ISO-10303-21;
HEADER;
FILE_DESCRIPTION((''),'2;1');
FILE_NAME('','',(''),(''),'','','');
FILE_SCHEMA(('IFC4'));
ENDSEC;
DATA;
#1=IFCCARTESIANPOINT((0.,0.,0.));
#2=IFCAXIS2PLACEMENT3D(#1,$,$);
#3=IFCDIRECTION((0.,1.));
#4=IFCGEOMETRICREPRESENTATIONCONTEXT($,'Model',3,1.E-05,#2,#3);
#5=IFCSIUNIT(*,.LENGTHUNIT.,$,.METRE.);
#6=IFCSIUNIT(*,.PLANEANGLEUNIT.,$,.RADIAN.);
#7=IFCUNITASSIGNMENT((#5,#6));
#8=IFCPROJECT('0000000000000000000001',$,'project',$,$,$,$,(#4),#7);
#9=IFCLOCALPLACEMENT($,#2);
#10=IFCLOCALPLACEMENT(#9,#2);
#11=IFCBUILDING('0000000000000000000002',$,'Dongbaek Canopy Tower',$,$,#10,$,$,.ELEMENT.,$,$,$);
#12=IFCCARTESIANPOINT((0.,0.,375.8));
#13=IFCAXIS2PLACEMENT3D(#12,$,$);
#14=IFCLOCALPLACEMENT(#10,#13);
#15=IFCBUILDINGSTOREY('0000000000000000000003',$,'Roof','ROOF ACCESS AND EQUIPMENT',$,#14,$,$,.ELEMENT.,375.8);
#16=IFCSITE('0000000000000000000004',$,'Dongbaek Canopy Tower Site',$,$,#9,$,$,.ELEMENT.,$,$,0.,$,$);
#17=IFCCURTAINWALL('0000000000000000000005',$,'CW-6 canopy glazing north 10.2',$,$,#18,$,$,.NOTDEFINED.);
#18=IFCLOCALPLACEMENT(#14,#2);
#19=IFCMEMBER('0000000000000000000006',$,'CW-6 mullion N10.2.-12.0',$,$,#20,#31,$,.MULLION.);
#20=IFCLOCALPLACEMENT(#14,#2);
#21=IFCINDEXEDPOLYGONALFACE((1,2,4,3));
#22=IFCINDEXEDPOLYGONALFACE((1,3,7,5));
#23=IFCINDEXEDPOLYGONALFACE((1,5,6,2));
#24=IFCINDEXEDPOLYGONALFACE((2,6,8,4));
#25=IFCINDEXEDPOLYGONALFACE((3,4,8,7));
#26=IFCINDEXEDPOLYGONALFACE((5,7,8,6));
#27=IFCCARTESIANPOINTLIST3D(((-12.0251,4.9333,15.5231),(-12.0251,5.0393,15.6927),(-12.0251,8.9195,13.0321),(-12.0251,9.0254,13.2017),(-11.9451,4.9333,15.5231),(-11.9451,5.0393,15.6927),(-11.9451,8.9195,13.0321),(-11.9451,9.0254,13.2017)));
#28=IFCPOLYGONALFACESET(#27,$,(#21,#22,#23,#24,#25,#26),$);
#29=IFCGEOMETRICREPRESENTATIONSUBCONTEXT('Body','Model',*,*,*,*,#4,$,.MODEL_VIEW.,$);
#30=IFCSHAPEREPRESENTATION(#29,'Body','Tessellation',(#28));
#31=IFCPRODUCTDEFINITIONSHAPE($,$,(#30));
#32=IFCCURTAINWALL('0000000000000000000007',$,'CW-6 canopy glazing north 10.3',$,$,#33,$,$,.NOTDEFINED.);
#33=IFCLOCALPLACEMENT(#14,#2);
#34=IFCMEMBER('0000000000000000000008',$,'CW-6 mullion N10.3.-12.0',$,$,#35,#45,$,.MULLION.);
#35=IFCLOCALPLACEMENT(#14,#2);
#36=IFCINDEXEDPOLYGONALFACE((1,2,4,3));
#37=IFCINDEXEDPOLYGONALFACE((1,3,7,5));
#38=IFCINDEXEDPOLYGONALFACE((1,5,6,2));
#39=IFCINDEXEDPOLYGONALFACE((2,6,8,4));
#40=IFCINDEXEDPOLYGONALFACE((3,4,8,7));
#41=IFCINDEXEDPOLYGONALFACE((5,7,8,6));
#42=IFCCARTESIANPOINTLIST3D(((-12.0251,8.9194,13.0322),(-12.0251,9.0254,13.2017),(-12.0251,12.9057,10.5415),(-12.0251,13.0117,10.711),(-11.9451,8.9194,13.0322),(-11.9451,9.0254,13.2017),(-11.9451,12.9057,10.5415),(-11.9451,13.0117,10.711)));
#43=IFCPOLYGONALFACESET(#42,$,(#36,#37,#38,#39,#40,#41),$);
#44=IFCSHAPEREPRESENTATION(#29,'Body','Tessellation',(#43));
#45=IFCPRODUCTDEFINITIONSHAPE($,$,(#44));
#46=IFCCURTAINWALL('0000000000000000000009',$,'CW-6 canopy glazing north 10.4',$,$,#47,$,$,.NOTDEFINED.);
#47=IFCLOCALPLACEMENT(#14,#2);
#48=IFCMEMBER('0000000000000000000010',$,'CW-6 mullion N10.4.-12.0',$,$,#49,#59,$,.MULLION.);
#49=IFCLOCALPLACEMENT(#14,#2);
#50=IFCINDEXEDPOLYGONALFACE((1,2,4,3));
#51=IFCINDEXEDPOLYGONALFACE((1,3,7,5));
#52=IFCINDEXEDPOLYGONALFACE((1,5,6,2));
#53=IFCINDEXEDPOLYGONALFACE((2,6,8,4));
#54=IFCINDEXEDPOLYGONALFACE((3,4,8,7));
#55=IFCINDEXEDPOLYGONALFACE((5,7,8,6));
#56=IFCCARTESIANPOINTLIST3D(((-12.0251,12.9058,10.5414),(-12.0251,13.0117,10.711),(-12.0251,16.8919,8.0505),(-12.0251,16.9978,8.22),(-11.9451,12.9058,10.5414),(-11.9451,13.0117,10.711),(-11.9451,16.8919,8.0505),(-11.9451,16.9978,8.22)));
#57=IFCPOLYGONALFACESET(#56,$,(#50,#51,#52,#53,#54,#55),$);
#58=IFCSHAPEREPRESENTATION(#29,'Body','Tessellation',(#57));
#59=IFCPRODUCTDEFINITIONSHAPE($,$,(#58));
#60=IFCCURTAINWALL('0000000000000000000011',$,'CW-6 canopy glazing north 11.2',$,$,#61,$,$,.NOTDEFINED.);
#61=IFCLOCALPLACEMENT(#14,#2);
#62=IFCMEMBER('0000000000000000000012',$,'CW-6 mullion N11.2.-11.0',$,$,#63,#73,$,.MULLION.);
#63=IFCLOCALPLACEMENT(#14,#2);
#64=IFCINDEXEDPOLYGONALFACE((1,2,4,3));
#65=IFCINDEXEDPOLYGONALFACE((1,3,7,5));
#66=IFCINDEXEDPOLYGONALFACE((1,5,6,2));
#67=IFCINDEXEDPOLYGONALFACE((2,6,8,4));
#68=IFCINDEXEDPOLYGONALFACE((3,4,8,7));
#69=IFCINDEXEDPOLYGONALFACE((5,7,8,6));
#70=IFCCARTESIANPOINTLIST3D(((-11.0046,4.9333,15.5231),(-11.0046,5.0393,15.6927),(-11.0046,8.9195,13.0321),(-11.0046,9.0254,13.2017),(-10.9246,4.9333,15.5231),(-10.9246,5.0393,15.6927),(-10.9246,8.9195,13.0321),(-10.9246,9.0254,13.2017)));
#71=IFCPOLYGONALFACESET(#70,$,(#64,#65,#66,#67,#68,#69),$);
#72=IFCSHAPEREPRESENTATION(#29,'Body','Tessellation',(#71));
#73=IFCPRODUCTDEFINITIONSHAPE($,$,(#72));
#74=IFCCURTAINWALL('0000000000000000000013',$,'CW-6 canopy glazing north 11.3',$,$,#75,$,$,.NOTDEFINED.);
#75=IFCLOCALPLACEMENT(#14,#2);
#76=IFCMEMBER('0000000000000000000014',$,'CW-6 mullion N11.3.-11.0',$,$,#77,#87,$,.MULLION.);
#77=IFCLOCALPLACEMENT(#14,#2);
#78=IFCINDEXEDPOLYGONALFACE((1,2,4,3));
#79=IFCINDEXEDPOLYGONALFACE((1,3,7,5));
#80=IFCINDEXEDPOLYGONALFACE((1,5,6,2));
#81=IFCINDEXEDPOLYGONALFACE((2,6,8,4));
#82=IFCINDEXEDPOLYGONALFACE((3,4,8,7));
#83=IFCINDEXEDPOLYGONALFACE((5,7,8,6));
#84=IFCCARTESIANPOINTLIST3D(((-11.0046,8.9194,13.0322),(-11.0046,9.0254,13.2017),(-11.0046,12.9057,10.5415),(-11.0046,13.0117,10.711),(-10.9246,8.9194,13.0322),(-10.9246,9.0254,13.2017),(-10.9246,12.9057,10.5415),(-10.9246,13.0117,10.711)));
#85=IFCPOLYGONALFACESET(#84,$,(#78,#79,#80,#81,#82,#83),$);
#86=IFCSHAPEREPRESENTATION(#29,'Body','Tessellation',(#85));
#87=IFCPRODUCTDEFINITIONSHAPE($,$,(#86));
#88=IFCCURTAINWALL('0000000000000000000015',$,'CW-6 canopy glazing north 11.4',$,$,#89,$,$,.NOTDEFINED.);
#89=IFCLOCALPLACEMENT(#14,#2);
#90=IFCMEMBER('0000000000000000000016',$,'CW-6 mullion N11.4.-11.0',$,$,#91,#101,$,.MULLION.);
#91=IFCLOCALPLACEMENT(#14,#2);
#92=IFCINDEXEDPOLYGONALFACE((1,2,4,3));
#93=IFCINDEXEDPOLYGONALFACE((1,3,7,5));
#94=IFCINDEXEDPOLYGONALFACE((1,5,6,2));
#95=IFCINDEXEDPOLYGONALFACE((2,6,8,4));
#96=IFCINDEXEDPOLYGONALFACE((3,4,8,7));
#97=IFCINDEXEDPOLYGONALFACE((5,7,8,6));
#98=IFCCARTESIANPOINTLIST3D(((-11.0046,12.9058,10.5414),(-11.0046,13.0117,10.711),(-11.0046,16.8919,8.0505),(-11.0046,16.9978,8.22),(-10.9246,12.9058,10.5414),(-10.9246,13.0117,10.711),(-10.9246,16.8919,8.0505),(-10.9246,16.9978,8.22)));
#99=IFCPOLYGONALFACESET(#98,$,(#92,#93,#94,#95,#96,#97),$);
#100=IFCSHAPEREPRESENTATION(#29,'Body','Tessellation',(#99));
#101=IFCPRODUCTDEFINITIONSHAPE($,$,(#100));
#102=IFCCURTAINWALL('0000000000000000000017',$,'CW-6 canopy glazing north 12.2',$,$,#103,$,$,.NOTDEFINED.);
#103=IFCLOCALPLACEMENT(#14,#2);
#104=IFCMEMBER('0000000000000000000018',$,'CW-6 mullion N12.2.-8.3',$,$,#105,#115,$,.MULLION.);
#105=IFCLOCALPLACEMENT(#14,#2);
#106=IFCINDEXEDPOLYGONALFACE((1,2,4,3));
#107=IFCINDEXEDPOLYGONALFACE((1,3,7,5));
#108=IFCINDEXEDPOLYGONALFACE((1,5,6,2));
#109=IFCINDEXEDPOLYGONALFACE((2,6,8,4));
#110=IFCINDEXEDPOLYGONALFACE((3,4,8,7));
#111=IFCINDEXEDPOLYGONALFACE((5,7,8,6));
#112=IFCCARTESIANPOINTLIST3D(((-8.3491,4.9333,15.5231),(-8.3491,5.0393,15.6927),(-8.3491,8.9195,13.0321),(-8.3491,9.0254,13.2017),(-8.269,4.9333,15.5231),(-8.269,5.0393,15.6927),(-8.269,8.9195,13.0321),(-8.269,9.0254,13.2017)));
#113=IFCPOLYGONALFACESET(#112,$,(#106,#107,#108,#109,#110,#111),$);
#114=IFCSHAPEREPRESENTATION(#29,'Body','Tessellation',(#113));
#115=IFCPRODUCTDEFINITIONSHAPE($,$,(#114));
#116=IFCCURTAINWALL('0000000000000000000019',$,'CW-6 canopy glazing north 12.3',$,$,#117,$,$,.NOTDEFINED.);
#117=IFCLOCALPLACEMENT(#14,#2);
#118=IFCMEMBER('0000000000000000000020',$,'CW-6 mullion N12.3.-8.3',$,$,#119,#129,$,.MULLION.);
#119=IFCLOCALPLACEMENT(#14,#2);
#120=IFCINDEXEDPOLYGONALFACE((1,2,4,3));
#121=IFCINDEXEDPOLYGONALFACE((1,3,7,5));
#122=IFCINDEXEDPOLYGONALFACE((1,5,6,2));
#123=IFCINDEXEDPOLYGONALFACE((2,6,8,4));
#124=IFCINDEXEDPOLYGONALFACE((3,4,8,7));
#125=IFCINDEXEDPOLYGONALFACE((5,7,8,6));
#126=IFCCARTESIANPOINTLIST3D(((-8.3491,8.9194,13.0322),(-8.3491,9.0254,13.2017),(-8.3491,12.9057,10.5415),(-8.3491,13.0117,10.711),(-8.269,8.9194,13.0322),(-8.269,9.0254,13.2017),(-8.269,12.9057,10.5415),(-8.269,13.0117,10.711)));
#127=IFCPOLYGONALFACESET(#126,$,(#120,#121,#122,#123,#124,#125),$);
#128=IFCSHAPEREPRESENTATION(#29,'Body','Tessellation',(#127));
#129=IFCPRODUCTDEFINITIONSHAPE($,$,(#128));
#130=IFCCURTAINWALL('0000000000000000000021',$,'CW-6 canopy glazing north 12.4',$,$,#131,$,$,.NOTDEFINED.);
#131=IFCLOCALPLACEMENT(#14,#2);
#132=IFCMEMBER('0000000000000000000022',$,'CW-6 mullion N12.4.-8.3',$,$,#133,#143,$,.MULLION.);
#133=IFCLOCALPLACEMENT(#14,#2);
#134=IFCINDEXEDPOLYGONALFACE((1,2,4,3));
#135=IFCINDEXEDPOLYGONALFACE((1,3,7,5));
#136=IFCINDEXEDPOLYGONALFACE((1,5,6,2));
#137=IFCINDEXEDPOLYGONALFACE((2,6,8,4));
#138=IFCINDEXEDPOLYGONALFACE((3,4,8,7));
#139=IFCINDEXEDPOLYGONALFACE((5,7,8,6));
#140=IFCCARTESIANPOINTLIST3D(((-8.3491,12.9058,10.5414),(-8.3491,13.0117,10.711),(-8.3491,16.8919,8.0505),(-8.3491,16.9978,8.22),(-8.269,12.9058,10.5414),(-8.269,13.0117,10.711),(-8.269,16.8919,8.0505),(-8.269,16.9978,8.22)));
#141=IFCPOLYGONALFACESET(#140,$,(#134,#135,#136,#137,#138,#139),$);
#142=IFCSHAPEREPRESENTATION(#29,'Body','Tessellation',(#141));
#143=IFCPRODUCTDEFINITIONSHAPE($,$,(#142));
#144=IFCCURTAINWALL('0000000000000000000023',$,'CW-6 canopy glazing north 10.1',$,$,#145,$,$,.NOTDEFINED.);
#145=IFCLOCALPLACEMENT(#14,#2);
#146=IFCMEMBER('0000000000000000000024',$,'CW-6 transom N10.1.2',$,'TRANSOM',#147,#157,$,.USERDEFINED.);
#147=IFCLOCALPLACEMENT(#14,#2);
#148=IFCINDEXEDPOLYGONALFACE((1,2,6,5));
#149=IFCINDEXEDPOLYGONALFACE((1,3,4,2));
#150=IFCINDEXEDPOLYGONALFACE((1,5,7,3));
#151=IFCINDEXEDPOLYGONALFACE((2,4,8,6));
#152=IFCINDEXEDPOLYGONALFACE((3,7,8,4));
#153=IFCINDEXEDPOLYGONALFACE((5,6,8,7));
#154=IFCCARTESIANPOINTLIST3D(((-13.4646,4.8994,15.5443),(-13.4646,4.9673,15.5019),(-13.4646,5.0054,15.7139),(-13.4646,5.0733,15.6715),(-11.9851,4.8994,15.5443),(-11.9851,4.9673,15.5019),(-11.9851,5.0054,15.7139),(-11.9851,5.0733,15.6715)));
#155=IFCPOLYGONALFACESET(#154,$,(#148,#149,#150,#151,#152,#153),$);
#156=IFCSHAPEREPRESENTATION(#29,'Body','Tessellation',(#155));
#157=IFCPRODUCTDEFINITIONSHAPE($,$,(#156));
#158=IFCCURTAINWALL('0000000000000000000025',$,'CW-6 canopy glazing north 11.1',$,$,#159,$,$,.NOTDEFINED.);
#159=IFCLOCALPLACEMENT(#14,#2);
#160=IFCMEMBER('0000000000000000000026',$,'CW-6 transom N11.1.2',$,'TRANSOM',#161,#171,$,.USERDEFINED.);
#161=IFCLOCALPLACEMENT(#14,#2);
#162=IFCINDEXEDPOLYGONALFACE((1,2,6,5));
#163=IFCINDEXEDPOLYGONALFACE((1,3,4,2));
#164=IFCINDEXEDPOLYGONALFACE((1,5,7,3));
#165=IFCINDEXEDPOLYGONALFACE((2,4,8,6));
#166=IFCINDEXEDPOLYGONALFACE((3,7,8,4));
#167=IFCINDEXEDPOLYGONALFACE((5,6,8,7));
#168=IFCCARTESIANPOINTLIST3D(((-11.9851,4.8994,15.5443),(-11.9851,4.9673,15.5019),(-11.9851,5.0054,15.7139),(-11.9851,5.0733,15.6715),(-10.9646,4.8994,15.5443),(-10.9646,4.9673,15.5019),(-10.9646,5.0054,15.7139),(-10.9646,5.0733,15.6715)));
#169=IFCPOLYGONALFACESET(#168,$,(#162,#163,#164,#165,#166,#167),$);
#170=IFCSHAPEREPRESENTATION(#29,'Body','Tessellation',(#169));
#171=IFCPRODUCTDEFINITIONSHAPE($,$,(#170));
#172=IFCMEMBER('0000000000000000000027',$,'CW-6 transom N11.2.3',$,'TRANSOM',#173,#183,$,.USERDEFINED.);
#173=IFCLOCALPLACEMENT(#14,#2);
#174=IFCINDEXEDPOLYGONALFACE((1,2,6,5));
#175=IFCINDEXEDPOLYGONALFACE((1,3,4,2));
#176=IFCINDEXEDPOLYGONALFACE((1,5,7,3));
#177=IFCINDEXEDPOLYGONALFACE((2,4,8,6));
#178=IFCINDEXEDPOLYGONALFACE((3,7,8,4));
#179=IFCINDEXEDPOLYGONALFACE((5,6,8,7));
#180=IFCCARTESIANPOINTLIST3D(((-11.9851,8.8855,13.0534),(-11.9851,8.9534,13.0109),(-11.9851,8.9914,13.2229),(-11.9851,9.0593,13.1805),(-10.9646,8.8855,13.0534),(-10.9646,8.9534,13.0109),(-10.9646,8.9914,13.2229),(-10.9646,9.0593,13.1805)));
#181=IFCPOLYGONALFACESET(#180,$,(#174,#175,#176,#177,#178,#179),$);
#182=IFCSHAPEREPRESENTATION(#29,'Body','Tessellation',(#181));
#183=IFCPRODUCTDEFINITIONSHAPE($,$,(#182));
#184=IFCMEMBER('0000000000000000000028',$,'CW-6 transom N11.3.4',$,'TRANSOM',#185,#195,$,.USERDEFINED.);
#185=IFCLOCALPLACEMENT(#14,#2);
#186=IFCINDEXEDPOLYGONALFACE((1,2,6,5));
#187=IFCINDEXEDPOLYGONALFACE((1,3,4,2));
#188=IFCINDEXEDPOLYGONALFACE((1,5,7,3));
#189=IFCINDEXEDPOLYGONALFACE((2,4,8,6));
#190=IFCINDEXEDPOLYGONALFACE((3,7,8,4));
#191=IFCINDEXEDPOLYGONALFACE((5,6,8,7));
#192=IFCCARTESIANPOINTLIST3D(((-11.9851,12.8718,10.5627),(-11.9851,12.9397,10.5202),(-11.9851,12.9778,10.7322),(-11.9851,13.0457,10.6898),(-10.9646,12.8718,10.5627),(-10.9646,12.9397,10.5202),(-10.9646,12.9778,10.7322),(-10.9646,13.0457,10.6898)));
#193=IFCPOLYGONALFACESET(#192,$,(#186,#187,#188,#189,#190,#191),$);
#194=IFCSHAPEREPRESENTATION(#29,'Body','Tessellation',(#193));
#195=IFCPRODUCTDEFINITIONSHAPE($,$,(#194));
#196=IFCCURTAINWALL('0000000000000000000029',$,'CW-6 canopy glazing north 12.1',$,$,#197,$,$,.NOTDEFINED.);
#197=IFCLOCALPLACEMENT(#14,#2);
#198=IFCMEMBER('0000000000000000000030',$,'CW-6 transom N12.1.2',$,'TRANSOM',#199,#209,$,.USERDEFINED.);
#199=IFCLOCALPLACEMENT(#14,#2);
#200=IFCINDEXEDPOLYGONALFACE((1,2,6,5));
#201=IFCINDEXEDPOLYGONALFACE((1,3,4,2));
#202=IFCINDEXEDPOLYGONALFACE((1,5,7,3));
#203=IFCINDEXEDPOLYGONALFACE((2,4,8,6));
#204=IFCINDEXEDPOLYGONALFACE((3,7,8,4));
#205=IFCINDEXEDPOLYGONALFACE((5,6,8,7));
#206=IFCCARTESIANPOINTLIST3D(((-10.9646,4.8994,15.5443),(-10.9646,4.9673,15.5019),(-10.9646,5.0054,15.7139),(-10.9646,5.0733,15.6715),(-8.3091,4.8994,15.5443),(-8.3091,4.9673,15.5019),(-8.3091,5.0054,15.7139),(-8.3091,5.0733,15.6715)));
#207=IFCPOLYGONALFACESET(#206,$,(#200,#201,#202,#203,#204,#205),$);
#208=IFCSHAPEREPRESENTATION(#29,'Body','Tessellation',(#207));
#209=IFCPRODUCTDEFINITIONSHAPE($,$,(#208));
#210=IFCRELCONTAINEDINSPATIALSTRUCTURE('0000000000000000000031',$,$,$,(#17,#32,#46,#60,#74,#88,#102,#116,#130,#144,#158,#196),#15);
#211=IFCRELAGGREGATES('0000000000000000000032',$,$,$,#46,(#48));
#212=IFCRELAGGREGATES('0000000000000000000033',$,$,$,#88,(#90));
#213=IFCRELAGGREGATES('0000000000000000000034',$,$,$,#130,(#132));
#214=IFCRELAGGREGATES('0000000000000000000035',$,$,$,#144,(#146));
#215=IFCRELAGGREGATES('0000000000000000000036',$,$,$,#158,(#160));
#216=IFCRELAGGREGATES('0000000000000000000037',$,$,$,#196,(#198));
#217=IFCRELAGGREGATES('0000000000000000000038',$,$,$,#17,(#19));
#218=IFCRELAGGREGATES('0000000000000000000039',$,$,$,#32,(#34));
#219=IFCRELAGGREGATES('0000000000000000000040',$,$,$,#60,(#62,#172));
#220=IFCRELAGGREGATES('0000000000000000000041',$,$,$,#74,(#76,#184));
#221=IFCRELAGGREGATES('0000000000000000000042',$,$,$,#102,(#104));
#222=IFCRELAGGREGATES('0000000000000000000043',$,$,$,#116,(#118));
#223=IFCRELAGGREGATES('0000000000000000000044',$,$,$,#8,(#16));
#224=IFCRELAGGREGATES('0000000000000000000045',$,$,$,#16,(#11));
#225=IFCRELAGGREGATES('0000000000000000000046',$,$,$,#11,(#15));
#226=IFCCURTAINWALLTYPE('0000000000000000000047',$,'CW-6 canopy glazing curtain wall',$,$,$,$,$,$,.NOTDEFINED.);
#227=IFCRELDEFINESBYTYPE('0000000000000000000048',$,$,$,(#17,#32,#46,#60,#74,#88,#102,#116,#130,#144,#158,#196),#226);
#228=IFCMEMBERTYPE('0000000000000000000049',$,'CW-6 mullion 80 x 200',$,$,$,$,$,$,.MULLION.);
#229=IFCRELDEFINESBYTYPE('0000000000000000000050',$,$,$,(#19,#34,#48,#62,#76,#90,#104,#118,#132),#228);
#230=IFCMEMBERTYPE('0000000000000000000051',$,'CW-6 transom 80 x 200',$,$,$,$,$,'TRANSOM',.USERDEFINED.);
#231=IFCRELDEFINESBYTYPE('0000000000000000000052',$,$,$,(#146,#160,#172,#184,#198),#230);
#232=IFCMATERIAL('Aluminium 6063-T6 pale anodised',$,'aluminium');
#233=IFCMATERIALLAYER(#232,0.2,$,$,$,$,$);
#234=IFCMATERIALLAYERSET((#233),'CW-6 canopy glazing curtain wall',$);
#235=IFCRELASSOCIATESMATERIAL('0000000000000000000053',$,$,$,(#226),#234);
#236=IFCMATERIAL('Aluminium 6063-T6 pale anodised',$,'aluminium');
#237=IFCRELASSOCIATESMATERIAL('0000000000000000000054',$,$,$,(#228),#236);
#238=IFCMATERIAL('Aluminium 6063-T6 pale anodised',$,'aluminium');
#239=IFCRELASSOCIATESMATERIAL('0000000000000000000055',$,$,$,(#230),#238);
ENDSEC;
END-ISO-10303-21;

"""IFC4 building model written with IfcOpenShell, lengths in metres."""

from ifc_helpers import new_model, si_unit, direction, frame, origin, origin_2d, place, context, subcontext, project, spatial, rectangle, extrude, material, layer, layer_set, material_profile, profile_set, type_object, element, aggregate, save


model = new_model("IFC4")

# Units and contexts
model_context = context("Model", 3, precision=1e-05, world=origin(), true_north=direction((0.0, 1.0)))
body_context = subcontext(model_context, "Body", "Model", "MODEL_VIEW")
ifc_project = project(units=[si_unit("LENGTHUNIT", "METRE"), si_unit("PLANEANGLEUNIT", "RADIAN")], contexts=[model_context])

# Site, building, storey
site_placement = place(None, origin())
site = spatial("IfcSite", under=ifc_project, at=site_placement, Name="Dongbaek Canopy Tower Site", CompositionType="ELEMENT", RefElevation=0.0)
building_placement = place(site_placement, origin())
building = spatial("IfcBuilding", under=site, at=building_placement, Name="Dongbaek Canopy Tower", CompositionType="ELEMENT")
storey_placement = place(building_placement, frame((0.0, 0.0, 375.8)))
storey = spatial("IfcBuildingStorey", under=building, at=storey_placement, Name="Roof", Description="ROOF ACCESS AND EQUIPMENT", CompositionType="ELEMENT", Elevation=375.8)

# Curtain walls, members
ifc_material_1 = material(Name="Aluminium 6063-T6 pale anodised", Category="aluminium")
ifc_layer_1 = layer(ifc_material_1, 0.2)
ifc_layer_set_1 = layer_set([ifc_layer_1], Name="CW-6 canopy glazing curtain wall")
curtain_wall_type = type_object("IfcCurtainWallType", Name="CW-6 canopy glazing curtain wall", PredefinedType="NOTDEFINED", material=ifc_layer_set_1)
curtain_wall_1_placement = place(storey_placement, origin())
curtain_wall_1 = element("IfcCurtainWall", 1, at=curtain_wall_1_placement, inside=storey, type_object=curtain_wall_type, Name="CW-6 canopy glazing north 10.2", PredefinedType="NOTDEFINED")
ifc_material_2 = material(Name="Aluminium 6063-T6 pale anodised", Category="aluminium")
ifc_material_profile_1 = material_profile(ifc_material_2, rectangle(XDim=0.0801, YDim=0.2, at=origin_2d()), Name="CW-6 mullion 80 x 200")
ifc_profile_set_1 = profile_set([ifc_material_profile_1], Name="Aluminium 6063-T6 pale anodised")
member_type_1 = type_object("IfcMemberType", Name="CW-6 mullion 80 x 200", PredefinedType="MULLION", material=ifc_profile_set_1)
member_1_placement = place(storey_placement, frame((-11.9851, 4.9863, 15.6079), z_axis=(0.0, 0.84803, -0.529948), x_axis=(-1.0, 0.0, 0.0)))
member_1 = element("IfcMember", 2, at=member_1_placement, type_object=member_type_1, Name="CW-6 mullion N10.2.-12.0", PredefinedType="MULLION", context=body_context, shape_type="SweptSolid", body=[
    extrude(rectangle(XDim=0.0801, YDim=0.2, at=origin_2d()), origin(), (0.0, 0.0, 1.0), 4.7004),
])
curtain_wall_2_placement = place(storey_placement, origin())
curtain_wall_2 = element("IfcCurtainWall", 3, at=curtain_wall_2_placement, inside=storey, type_object=curtain_wall_type, Name="CW-6 canopy glazing north 10.3", PredefinedType="NOTDEFINED")
member_2_placement = place(storey_placement, frame((-11.9851, 8.9724, 13.1169), z_axis=(0.0, 0.848068, -0.529887), x_axis=(-1.0, 0.0, 0.0)))
member_2 = element("IfcMember", 4, at=member_2_placement, type_object=member_type_1, Name="CW-6 mullion N10.3.-12.0", PredefinedType="MULLION", context=body_context, shape_type="SweptSolid", body=[
    extrude(rectangle(XDim=0.0801, YDim=0.2, at=origin_2d()), origin(), (0.0, 0.0, 1.0), 4.7004),
])
curtain_wall_3_placement = place(storey_placement, origin())
curtain_wall_3 = element("IfcCurtainWall", 5, at=curtain_wall_3_placement, inside=storey, type_object=curtain_wall_type, Name="CW-6 canopy glazing north 10.4", PredefinedType="NOTDEFINED")
member_3_placement = place(storey_placement, frame((-11.9851, 12.9587, 10.6262), z_axis=(0.0, 0.84803, -0.529948), x_axis=(-1.0, 0.0, 0.0)))
member_3 = element("IfcMember", 6, at=member_3_placement, type_object=member_type_1, Name="CW-6 mullion N10.4.-12.0", PredefinedType="MULLION", context=body_context, shape_type="SweptSolid", body=[
    extrude(rectangle(XDim=0.0801, YDim=0.2, at=origin_2d()), origin(), (0.0, 0.0, 1.0), 4.7004),
])
aggregate(curtain_wall_3, [member_3])
curtain_wall_4_placement = place(storey_placement, origin())
curtain_wall_4 = element("IfcCurtainWall", 7, at=curtain_wall_4_placement, inside=storey, type_object=curtain_wall_type, Name="CW-6 canopy glazing north 11.2", PredefinedType="NOTDEFINED")
member_4_placement = place(storey_placement, frame((-10.9646, 4.9863, 15.6079), z_axis=(0.0, 0.84803, -0.529948), x_axis=(-1.0, 0.0, 0.0)))
member_4 = element("IfcMember", 8, at=member_4_placement, type_object=member_type_1, Name="CW-6 mullion N11.2.-11.0", PredefinedType="MULLION", context=body_context, shape_type="SweptSolid", body=[
    extrude(rectangle(XDim=0.0801, YDim=0.2, at=origin_2d()), origin(), (0.0, 0.0, 1.0), 4.7004),
])
curtain_wall_5_placement = place(storey_placement, origin())
curtain_wall_5 = element("IfcCurtainWall", 9, at=curtain_wall_5_placement, inside=storey, type_object=curtain_wall_type, Name="CW-6 canopy glazing north 11.3", PredefinedType="NOTDEFINED")
member_5_placement = place(storey_placement, frame((-10.9646, 8.9724, 13.1169), z_axis=(0.0, 0.848068, -0.529887), x_axis=(-1.0, 0.0, 0.0)))
member_5 = element("IfcMember", 10, at=member_5_placement, type_object=member_type_1, Name="CW-6 mullion N11.3.-11.0", PredefinedType="MULLION", context=body_context, shape_type="SweptSolid", body=[
    extrude(rectangle(XDim=0.0801, YDim=0.2, at=origin_2d()), origin(), (0.0, 0.0, 1.0), 4.7004),
])
curtain_wall_6_placement = place(storey_placement, origin())
curtain_wall_6 = element("IfcCurtainWall", 11, at=curtain_wall_6_placement, inside=storey, type_object=curtain_wall_type, Name="CW-6 canopy glazing north 11.4", PredefinedType="NOTDEFINED")
member_6_placement = place(storey_placement, frame((-10.9646, 12.9587, 10.6262), z_axis=(0.0, 0.84803, -0.529948), x_axis=(-1.0, 0.0, 0.0)))
member_6 = element("IfcMember", 12, at=member_6_placement, type_object=member_type_1, Name="CW-6 mullion N11.4.-11.0", PredefinedType="MULLION", context=body_context, shape_type="SweptSolid", body=[
    extrude(rectangle(XDim=0.0801, YDim=0.2, at=origin_2d()), origin(), (0.0, 0.0, 1.0), 4.7004),
])
aggregate(curtain_wall_6, [member_6])
curtain_wall_7_placement = place(storey_placement, origin())
curtain_wall_7 = element("IfcCurtainWall", 13, at=curtain_wall_7_placement, inside=storey, type_object=curtain_wall_type, Name="CW-6 canopy glazing north 12.2", PredefinedType="NOTDEFINED")
member_7_placement = place(storey_placement, frame((-8.3091, 4.9863, 15.6079), z_axis=(0.0, 0.84803, -0.529948), x_axis=(-1.0, 0.0, 0.0)))
member_7 = element("IfcMember", 14, at=member_7_placement, type_object=member_type_1, Name="CW-6 mullion N12.2.-8.3", PredefinedType="MULLION", context=body_context, shape_type="SweptSolid", body=[
    extrude(rectangle(XDim=0.0801, YDim=0.2, at=origin_2d()), origin(), (0.0, 0.0, 1.0), 4.7004),
])
curtain_wall_8_placement = place(storey_placement, origin())
curtain_wall_8 = element("IfcCurtainWall", 15, at=curtain_wall_8_placement, inside=storey, type_object=curtain_wall_type, Name="CW-6 canopy glazing north 12.3", PredefinedType="NOTDEFINED")
member_8_placement = place(storey_placement, frame((-8.3091, 8.9724, 13.1169), z_axis=(0.0, 0.848068, -0.529887), x_axis=(-1.0, 0.0, 0.0)))
member_8 = element("IfcMember", 16, at=member_8_placement, type_object=member_type_1, Name="CW-6 mullion N12.3.-8.3", PredefinedType="MULLION", context=body_context, shape_type="SweptSolid", body=[
    extrude(rectangle(XDim=0.0801, YDim=0.2, at=origin_2d()), origin(), (0.0, 0.0, 1.0), 4.7004),
])
curtain_wall_9_placement = place(storey_placement, origin())
curtain_wall_9 = element("IfcCurtainWall", 17, at=curtain_wall_9_placement, inside=storey, type_object=curtain_wall_type, Name="CW-6 canopy glazing north 12.4", PredefinedType="NOTDEFINED")
member_9_placement = place(storey_placement, frame((-8.3091, 12.9587, 10.6262), z_axis=(0.0, 0.84803, -0.529948), x_axis=(-1.0, 0.0, 0.0)))
member_9 = element("IfcMember", 18, at=member_9_placement, type_object=member_type_1, Name="CW-6 mullion N12.4.-8.3", PredefinedType="MULLION", context=body_context, shape_type="SweptSolid", body=[
    extrude(rectangle(XDim=0.0801, YDim=0.2, at=origin_2d()), origin(), (0.0, 0.0, 1.0), 4.7004),
])
aggregate(curtain_wall_9, [member_9])
curtain_wall_10_placement = place(storey_placement, origin())
curtain_wall_10 = element("IfcCurtainWall", 19, at=curtain_wall_10_placement, inside=storey, type_object=curtain_wall_type, Name="CW-6 canopy glazing north 10.1", PredefinedType="NOTDEFINED")
ifc_material_3 = material(Name="Aluminium 6063-T6 pale anodised", Category="aluminium")
ifc_material_profile_2 = material_profile(ifc_material_3, rectangle(XDim=0.0801, YDim=0.2, at=origin_2d()), Name="CW-6 transom 80 x 200")
ifc_profile_set_2 = profile_set([ifc_material_profile_2], Name="Aluminium 6063-T6 pale anodised")
member_type_2 = type_object("IfcMemberType", Name="CW-6 transom 80 x 200", ElementType="TRANSOM", PredefinedType="USERDEFINED", material=ifc_profile_set_2)
member_10_placement = place(storey_placement, frame((-13.4646, 4.9863, 15.6079), z_axis=(1.0, 0.0, 0.0), x_axis=(0.0, 0.848048, -0.529919)))
member_10 = element("IfcMember", 20, at=member_10_placement, type_object=member_type_2, Name="CW-6 transom N10.1.2", ObjectType="TRANSOM", PredefinedType="USERDEFINED", context=body_context, shape_type="SweptSolid", body=[
    extrude(rectangle(XDim=0.0801, YDim=0.2, at=origin_2d()), origin(), (0.0, 0.0, 1.0), 1.4795),
])
aggregate(curtain_wall_10, [member_10])
curtain_wall_11_placement = place(storey_placement, origin())
curtain_wall_11 = element("IfcCurtainWall", 21, at=curtain_wall_11_placement, inside=storey, type_object=curtain_wall_type, Name="CW-6 canopy glazing north 11.1", PredefinedType="NOTDEFINED")
member_11_placement = place(storey_placement, frame((-11.9851, 4.9863, 15.6079), z_axis=(1.0, 0.0, 0.0), x_axis=(0.0, 0.848048, -0.529919)))
member_11 = element("IfcMember", 22, at=member_11_placement, type_object=member_type_2, Name="CW-6 transom N11.1.2", ObjectType="TRANSOM", PredefinedType="USERDEFINED", context=body_context, shape_type="SweptSolid", body=[
    extrude(rectangle(XDim=0.0801, YDim=0.2, at=origin_2d()), origin(), (0.0, 0.0, 1.0), 1.0205),
])
aggregate(curtain_wall_11, [member_11])

# Members
member_12_placement = place(storey_placement, frame((-11.9851, 8.9724, 13.1169), z_axis=(1.0, 0.0, 0.0), x_axis=(0.0, 0.848048, -0.529919)))
member_12 = element("IfcMember", 23, at=member_12_placement, type_object=member_type_2, Name="CW-6 transom N11.2.3", ObjectType="TRANSOM", PredefinedType="USERDEFINED", context=body_context, shape_type="SweptSolid", body=[
    extrude(rectangle(XDim=0.0801, YDim=0.2, at=origin_2d()), origin(), (0.0, 0.0, 1.0), 1.0205),
])
member_13_placement = place(storey_placement, frame((-11.9851, 12.9587, 10.6262), z_axis=(1.0, 0.0, 0.0), x_axis=(0.0, 0.848048, -0.529919)))
member_13 = element("IfcMember", 24, at=member_13_placement, type_object=member_type_2, Name="CW-6 transom N11.3.4", ObjectType="TRANSOM", PredefinedType="USERDEFINED", context=body_context, shape_type="SweptSolid", body=[
    extrude(rectangle(XDim=0.0801, YDim=0.2, at=origin_2d()), origin(), (0.0, 0.0, 1.0), 1.0205),
])

# Curtain wall, member
curtain_wall_12_placement = place(storey_placement, origin())
curtain_wall_12 = element("IfcCurtainWall", 25, at=curtain_wall_12_placement, inside=storey, type_object=curtain_wall_type, Name="CW-6 canopy glazing north 12.1", PredefinedType="NOTDEFINED")
member_14_placement = place(storey_placement, frame((-10.9646, 4.9863, 15.6079), z_axis=(1.0, 0.0, 0.0), x_axis=(0.0, 0.848048, -0.529919)))
member_14 = element("IfcMember", 26, at=member_14_placement, type_object=member_type_2, Name="CW-6 transom N12.1.2", ObjectType="TRANSOM", PredefinedType="USERDEFINED", context=body_context, shape_type="SweptSolid", body=[
    extrude(rectangle(XDim=0.0801, YDim=0.2, at=origin_2d()), origin(), (0.0, 0.0, 1.0), 2.6555),
])
aggregate(curtain_wall_12, [member_14])

aggregate(curtain_wall_1, [member_1])
aggregate(curtain_wall_2, [member_2])
aggregate(curtain_wall_4, [member_4, member_12])
aggregate(curtain_wall_5, [member_5, member_13])
aggregate(curtain_wall_7, [member_7])
aggregate(curtain_wall_8, [member_8])

save(model, "model.ifc")
